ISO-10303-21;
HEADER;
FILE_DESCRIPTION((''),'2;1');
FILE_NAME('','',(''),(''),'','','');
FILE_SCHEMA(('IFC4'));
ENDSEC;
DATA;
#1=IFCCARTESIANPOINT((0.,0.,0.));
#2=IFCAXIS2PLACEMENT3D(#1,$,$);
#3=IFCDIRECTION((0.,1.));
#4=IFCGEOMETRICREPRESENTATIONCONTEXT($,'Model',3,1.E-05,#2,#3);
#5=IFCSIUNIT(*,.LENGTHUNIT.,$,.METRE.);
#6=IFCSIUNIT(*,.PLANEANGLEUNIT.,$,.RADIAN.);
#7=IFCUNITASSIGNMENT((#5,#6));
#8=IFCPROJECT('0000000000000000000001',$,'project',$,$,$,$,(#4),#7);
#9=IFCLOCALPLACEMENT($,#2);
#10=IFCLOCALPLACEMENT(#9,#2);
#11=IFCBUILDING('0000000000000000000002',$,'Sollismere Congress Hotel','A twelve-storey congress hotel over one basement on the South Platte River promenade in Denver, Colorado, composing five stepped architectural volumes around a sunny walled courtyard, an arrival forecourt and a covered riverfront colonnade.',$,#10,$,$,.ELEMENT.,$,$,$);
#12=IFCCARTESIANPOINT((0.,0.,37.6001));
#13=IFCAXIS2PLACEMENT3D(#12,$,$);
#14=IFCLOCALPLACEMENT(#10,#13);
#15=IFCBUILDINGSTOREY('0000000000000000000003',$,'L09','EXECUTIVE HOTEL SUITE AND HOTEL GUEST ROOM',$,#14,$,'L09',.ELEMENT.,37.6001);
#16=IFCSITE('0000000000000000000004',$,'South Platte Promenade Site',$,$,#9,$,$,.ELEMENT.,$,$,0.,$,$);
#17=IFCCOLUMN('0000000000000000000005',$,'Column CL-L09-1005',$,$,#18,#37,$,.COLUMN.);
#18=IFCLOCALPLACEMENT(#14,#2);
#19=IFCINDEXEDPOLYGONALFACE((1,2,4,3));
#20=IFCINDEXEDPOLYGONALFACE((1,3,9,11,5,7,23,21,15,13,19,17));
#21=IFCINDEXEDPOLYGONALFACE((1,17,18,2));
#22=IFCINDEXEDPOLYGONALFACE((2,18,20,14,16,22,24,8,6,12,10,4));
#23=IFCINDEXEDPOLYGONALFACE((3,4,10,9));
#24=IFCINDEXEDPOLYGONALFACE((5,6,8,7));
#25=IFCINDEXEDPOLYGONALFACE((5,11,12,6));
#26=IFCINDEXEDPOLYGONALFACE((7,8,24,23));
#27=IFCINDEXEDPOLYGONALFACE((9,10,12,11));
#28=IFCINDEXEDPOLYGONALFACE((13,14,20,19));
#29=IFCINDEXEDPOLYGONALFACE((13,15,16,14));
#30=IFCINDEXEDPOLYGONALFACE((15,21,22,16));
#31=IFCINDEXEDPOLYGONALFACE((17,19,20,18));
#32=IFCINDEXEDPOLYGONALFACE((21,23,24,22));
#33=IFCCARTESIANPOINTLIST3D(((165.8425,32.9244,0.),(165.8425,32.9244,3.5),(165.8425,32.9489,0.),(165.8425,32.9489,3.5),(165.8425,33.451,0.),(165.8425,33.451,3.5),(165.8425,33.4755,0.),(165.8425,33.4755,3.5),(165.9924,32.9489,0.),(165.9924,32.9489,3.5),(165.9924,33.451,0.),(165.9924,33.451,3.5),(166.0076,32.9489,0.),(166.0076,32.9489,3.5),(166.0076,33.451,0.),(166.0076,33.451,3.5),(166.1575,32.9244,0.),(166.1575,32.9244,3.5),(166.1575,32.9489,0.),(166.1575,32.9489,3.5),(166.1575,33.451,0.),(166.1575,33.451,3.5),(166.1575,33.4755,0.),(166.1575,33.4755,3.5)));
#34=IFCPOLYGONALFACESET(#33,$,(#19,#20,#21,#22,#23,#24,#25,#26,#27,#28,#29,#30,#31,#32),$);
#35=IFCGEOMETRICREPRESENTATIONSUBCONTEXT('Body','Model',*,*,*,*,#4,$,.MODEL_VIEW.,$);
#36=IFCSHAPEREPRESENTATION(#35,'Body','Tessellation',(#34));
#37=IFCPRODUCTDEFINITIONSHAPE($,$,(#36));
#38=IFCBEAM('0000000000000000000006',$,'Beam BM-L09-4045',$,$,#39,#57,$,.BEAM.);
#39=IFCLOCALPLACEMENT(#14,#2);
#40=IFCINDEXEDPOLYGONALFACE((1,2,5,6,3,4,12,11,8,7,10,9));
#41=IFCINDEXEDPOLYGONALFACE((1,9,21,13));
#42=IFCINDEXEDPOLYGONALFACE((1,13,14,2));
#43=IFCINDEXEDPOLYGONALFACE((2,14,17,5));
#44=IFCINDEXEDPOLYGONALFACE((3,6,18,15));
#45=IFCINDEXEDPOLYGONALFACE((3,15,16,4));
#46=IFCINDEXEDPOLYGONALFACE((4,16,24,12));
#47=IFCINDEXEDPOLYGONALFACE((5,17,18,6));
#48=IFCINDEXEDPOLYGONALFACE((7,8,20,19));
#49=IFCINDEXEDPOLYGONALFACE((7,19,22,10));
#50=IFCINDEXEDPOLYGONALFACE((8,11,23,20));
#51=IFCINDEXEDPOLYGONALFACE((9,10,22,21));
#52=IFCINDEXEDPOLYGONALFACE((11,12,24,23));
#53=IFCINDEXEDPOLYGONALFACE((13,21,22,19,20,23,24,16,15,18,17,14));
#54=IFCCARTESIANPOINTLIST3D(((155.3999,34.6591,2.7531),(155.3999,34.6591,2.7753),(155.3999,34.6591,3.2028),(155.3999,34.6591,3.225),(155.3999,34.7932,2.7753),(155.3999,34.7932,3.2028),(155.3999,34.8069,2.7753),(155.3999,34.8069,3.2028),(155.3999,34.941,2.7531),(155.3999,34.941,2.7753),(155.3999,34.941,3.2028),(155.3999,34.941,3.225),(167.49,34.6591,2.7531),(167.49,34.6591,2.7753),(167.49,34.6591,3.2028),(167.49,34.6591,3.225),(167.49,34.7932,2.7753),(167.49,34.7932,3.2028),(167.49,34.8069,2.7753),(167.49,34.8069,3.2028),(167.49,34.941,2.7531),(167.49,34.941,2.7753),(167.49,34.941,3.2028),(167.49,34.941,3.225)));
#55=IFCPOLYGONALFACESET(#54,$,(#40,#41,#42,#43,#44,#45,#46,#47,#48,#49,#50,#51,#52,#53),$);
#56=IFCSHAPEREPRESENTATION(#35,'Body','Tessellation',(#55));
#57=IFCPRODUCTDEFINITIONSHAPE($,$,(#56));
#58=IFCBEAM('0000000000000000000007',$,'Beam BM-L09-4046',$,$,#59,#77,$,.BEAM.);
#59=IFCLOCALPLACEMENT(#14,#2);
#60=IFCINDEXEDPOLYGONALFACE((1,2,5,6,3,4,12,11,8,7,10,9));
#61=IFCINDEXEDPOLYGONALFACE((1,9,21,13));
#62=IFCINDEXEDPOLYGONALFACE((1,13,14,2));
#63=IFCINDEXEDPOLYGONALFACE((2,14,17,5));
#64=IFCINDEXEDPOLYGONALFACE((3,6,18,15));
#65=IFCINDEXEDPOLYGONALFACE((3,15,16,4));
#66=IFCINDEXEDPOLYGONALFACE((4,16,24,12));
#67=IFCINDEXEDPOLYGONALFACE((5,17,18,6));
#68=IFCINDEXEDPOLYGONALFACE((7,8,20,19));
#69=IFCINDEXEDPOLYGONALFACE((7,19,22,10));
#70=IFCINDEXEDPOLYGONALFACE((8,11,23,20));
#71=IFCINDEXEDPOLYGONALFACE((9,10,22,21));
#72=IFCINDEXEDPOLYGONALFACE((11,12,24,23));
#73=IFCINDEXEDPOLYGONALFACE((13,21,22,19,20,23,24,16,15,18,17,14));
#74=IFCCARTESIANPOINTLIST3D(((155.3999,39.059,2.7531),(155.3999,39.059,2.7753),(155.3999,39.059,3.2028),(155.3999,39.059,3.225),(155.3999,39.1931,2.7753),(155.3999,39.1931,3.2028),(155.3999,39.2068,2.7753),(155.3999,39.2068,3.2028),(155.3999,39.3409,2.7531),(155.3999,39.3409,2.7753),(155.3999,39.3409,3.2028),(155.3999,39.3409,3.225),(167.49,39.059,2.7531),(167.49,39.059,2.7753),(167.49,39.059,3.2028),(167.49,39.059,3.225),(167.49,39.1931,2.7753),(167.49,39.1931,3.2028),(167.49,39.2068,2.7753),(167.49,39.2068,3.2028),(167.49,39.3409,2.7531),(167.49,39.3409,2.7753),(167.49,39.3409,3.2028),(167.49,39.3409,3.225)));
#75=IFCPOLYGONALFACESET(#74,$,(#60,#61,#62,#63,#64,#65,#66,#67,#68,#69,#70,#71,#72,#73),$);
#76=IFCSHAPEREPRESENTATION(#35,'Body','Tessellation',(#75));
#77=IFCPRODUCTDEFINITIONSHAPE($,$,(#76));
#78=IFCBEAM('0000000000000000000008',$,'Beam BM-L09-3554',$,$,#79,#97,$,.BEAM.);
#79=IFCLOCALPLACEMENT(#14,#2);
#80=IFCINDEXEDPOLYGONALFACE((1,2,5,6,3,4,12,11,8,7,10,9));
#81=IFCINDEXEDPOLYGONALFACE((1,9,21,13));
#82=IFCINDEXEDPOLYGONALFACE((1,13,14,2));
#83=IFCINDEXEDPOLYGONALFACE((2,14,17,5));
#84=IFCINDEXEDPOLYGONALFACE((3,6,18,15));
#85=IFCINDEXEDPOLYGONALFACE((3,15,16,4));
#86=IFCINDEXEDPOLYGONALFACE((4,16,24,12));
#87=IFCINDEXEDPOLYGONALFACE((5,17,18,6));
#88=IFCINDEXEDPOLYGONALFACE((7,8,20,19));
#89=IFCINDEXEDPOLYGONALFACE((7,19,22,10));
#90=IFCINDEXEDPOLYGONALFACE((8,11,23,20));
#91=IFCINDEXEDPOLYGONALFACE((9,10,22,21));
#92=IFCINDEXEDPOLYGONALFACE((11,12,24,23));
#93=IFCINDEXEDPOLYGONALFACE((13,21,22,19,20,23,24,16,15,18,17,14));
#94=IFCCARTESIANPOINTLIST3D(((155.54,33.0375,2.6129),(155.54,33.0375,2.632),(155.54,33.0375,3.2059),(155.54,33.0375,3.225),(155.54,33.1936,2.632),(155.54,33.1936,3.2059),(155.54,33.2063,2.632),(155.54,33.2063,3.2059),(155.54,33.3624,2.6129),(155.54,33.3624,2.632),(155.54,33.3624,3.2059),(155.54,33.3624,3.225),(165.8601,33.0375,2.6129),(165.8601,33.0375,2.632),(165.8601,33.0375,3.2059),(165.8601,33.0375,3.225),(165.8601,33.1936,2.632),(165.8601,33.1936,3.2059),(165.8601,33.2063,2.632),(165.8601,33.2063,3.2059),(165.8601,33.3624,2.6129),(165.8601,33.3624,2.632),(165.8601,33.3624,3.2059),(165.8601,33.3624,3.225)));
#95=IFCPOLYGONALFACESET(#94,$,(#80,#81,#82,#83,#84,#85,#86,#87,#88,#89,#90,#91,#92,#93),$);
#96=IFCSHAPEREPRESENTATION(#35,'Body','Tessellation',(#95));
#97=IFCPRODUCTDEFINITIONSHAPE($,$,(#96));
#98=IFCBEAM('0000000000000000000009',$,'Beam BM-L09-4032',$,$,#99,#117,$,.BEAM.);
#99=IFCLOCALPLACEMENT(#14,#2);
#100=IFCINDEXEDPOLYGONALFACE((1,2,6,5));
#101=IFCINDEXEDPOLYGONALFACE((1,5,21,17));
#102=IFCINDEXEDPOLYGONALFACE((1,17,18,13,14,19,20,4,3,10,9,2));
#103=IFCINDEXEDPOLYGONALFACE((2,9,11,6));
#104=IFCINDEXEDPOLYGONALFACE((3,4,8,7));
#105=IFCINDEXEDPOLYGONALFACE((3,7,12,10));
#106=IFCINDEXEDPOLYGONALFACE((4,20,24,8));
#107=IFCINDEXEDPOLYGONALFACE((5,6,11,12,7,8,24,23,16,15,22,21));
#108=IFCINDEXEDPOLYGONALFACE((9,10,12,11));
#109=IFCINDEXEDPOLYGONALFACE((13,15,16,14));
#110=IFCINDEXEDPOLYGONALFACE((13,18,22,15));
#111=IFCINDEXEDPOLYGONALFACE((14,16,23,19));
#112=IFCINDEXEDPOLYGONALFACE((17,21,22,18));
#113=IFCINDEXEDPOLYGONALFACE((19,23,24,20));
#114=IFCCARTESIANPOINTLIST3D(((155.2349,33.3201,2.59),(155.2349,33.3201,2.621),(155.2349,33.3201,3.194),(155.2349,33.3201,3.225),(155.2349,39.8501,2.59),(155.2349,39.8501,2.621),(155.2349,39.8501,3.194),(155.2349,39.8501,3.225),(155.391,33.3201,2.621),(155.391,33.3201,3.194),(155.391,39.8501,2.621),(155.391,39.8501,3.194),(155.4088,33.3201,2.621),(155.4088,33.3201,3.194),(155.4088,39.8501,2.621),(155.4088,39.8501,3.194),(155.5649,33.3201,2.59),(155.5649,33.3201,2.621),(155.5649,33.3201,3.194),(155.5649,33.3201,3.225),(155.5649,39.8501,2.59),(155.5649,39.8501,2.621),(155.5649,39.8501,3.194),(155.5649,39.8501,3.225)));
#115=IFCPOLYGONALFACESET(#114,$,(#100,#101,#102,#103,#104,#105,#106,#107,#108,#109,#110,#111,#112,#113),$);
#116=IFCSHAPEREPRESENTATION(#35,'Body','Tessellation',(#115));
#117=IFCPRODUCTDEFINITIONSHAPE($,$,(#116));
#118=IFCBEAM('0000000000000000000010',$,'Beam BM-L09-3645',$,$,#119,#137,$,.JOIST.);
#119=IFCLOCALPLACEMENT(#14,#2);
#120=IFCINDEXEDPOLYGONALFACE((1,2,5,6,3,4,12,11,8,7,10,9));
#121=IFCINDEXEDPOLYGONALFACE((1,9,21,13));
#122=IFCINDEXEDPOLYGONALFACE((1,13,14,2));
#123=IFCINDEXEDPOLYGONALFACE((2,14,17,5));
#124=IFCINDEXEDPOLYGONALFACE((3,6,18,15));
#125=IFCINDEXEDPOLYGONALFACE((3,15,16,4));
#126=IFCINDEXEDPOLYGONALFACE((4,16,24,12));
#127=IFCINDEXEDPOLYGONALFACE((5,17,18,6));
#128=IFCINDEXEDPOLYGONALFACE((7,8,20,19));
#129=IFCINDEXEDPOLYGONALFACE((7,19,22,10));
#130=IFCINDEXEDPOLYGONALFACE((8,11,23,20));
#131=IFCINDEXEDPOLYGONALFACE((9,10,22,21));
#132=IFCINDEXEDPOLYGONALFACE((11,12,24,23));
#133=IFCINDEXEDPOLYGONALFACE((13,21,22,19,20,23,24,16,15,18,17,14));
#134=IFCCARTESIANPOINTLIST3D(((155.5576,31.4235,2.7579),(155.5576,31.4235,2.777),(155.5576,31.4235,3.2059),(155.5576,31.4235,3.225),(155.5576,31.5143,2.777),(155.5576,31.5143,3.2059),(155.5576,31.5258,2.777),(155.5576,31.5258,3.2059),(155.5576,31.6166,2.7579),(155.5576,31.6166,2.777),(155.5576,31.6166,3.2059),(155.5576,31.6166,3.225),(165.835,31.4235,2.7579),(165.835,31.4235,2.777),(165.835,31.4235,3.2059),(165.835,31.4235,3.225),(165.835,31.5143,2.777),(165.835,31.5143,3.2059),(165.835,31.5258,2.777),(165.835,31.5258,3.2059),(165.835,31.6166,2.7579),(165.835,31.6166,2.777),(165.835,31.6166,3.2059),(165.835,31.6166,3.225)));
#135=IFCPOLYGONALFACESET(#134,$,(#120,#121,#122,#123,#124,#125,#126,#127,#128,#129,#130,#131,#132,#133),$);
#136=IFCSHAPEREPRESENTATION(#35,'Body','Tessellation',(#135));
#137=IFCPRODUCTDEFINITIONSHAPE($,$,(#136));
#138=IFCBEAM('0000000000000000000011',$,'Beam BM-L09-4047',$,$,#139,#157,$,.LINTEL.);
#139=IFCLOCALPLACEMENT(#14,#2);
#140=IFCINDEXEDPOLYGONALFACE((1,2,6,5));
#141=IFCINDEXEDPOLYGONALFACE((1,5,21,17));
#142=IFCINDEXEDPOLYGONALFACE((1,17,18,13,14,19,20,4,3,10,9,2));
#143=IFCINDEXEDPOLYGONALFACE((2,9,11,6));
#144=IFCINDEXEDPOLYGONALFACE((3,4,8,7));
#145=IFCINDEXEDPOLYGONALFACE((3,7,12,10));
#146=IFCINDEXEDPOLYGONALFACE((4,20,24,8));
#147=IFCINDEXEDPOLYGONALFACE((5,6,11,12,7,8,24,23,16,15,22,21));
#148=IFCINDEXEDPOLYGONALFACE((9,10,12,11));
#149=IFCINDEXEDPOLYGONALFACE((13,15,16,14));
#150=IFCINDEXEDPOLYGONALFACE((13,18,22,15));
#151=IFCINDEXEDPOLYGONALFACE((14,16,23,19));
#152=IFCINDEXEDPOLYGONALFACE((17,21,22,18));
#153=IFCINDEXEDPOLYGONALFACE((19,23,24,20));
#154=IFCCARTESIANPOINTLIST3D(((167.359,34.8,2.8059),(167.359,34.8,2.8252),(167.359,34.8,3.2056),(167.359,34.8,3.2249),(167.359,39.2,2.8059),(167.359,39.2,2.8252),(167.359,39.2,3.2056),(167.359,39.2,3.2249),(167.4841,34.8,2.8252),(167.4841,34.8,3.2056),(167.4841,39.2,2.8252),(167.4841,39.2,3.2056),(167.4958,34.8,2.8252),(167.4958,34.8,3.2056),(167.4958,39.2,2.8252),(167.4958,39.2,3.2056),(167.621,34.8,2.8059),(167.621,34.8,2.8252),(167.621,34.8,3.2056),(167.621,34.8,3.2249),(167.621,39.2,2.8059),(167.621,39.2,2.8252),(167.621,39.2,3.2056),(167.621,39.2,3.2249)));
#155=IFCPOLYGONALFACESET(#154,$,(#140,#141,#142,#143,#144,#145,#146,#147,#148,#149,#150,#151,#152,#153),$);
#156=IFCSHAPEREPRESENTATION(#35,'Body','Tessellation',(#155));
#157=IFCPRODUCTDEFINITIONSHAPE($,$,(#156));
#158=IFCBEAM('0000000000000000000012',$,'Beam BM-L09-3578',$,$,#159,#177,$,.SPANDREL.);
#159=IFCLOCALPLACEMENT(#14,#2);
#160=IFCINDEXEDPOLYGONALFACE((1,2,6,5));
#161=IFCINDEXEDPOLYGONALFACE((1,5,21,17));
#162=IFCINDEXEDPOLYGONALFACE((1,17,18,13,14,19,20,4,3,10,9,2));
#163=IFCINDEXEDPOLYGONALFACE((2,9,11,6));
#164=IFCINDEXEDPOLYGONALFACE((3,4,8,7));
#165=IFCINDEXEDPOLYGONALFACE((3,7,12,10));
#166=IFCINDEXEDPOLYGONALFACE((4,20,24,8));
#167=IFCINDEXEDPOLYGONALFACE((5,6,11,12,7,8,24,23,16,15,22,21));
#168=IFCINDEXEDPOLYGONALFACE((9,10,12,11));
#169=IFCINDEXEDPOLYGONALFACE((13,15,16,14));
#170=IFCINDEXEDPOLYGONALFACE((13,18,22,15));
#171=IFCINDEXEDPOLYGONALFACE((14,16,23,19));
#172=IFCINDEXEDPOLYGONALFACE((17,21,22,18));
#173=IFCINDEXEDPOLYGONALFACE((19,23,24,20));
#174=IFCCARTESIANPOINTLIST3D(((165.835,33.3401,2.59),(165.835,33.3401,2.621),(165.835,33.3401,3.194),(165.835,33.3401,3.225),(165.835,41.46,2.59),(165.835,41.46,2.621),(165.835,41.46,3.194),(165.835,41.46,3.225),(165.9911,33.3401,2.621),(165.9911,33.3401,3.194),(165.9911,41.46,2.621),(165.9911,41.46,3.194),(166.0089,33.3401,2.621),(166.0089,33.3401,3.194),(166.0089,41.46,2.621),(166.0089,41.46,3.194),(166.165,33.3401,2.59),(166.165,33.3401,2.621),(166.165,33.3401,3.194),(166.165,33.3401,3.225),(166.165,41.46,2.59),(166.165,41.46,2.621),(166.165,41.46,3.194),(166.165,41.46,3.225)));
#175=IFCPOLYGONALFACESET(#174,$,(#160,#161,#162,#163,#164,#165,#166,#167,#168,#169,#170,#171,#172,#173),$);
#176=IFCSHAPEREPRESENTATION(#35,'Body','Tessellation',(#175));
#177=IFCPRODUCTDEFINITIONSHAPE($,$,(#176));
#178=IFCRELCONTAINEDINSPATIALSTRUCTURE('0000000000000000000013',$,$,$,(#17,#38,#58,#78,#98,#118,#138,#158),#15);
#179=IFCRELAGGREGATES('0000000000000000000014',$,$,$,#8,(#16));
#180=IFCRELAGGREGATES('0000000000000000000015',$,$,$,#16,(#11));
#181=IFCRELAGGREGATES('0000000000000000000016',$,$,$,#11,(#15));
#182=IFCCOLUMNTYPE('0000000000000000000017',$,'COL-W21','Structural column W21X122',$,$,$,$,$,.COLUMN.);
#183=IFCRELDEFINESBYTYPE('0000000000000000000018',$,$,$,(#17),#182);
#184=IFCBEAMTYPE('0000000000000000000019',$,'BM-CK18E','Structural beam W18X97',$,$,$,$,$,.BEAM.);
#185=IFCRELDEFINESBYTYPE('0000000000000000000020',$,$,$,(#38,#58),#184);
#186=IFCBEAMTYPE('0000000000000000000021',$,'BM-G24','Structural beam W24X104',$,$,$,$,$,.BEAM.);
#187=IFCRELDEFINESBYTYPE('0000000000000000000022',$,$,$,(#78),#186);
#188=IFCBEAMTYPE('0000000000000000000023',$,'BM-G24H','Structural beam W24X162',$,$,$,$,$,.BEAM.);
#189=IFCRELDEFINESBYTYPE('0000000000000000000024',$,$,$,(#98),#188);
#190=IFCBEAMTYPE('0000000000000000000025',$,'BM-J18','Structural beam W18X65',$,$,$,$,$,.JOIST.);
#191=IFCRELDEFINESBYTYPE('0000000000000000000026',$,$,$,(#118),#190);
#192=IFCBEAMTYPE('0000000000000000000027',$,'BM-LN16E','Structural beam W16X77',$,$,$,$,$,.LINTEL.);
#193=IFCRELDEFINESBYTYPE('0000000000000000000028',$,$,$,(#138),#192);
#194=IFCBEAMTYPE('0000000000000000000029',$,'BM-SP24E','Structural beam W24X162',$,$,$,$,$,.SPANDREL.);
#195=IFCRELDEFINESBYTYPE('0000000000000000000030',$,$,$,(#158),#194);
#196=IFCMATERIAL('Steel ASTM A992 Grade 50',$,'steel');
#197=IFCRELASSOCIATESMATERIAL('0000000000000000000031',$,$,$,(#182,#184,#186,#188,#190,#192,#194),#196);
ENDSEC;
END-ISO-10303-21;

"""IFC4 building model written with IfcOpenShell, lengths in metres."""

from ifc_helpers import new_model, si_unit, direction, frame, origin, origin_2d, place, context, subcontext, project, spatial, i_section, extrude, material, material_profile, profile_set, type_object, element, save


model = new_model("IFC4")

# Units and contexts
model_context = context("Model", 3, precision=1e-05, world=origin(), true_north=direction((0.0, 1.0)))
body_context = subcontext(model_context, "Body", "Model", "MODEL_VIEW")
ifc_project = project(units=[si_unit("LENGTHUNIT", "METRE"), si_unit("PLANEANGLEUNIT", "RADIAN")], contexts=[model_context])

# Site, building, storey
site_placement = place(None, origin())
site = spatial("IfcSite", under=ifc_project, at=site_placement, Name="South Platte Promenade Site", CompositionType="ELEMENT", RefElevation=0.0)
building_placement = place(site_placement, origin())
building = spatial("IfcBuilding", under=site, at=building_placement, Name="Sollismere Congress Hotel", Description="A twelve-storey congress hotel over one basement on the South Platte River promenade in Denver, Colorado, composing five stepped architectural volumes around a sunny walled courtyard, an arrival forecourt and a covered riverfront colonnade.", CompositionType="ELEMENT")
storey_placement = place(building_placement, frame((0.0, 0.0, 37.6001)))
storey = spatial("IfcBuildingStorey", under=building, at=storey_placement, Name="L09", Description="EXECUTIVE HOTEL SUITE AND HOTEL GUEST ROOM", LongName="L09", CompositionType="ELEMENT", Elevation=37.6001)

# Column
ifc_material_1 = material(Name="Steel ASTM A992 Grade 50", Category="steel")
ifc_material_profile_1 = material_profile(ifc_material_1, i_section(OverallWidth=0.3149, OverallDepth=0.551, WebThickness=0.0151, FlangeThickness=0.0244, at=origin_2d()), Name="W21X122")
ifc_profile_set_1 = profile_set([ifc_material_profile_1], Name="Steel ASTM A992 Grade 50")
column_type = type_object("IfcColumnType", Name="COL-W21", Description="Structural column W21X122", PredefinedType="COLUMN", material=ifc_profile_set_1)
column_placement = place(storey_placement, frame((166.0, 33.2, 0.0), z_axis=(0.0, 0.0, 1.0), x_axis=(1.0, 0.0, 0.0)))
element("IfcColumn", 1, at=column_placement, inside=storey, type_object=column_type, Name="Column CL-L09-1005", PredefinedType="COLUMN", context=body_context, shape_type="SweptSolid", body=[
    extrude(i_section(OverallWidth=0.3149, OverallDepth=0.551, WebThickness=0.0151, FlangeThickness=0.0244, at=origin_2d()), origin(), (0.0, 0.0, 1.0), 3.5),
])

# Beams
ifc_material_profile_2 = material_profile(ifc_material_1, i_section(OverallWidth=0.282, OverallDepth=0.4719, WebThickness=0.0137, FlangeThickness=0.0222, at=origin_2d()), Name="W18X97")
ifc_profile_set_2 = profile_set([ifc_material_profile_2], Name="Steel ASTM A992 Grade 50")
beam_type_1 = type_object("IfcBeamType", Name="BM-CK18E", Description="Structural beam W18X97", PredefinedType="BEAM", material=ifc_profile_set_2)
for number, where, z_axis, x_axis, name in (
    (2, (155.3999, 34.8, 2.989), (1.0, 0.0, 0.0), (0.0, 1.0, 0.0), "Beam BM-L09-4045"),
    (3, (155.3999, 39.2, 2.989), (1.0, 0.0, 0.0), (0.0, 1.0, 0.0), "Beam BM-L09-4046"),
):
    element("IfcBeam", number, at=place(storey_placement, frame(where, z_axis=z_axis, x_axis=x_axis)), inside=storey, type_object=beam_type_1, Name=name, PredefinedType="BEAM", context=body_context, shape_type="SweptSolid", body=[
        extrude(i_section(OverallWidth=0.282, OverallDepth=0.4719, WebThickness=0.0137, FlangeThickness=0.0222, at=origin_2d()), origin(), (0.0, 0.0, 1.0), 12.0901),
    ])
ifc_material_profile_3 = material_profile(ifc_material_1, i_section(OverallWidth=0.325, OverallDepth=0.6121, WebThickness=0.0127, FlangeThickness=0.019, at=origin_2d()), Name="W24X104")
ifc_profile_set_3 = profile_set([ifc_material_profile_3], Name="Steel ASTM A992 Grade 50")
beam_type_2 = type_object("IfcBeamType", Name="BM-G24", Description="Structural beam W24X104", PredefinedType="BEAM", material=ifc_profile_set_3)
beam_1_placement = place(storey_placement, frame((155.54, 33.2, 2.9189), z_axis=(1.0, 0.0, 0.0), x_axis=(0.0, 1.0, 0.0)))
element("IfcBeam", 4, at=beam_1_placement, inside=storey, type_object=beam_type_2, Name="Beam BM-L09-3554", PredefinedType="BEAM", context=body_context, shape_type="SweptSolid", body=[
    extrude(i_section(OverallWidth=0.325, OverallDepth=0.6121, WebThickness=0.0127, FlangeThickness=0.019, at=origin_2d()), origin(), (0.0, 0.0, 1.0), 10.3201),
])
ifc_material_profile_4 = material_profile(ifc_material_1, i_section(OverallWidth=0.3301, OverallDepth=0.635, WebThickness=0.0178, FlangeThickness=0.031, at=origin_2d()), Name="W24X162")
ifc_profile_set_4 = profile_set([ifc_material_profile_4], Name="Steel ASTM A992 Grade 50")
beam_type_3 = type_object("IfcBeamType", Name="BM-G24H", Description="Structural beam W24X162", PredefinedType="BEAM", material=ifc_profile_set_4)
beam_2_placement = place(storey_placement, frame((155.3999, 33.3201, 2.9075), z_axis=(0.0, 1.0, 0.0), x_axis=(-1.0, 0.0, 0.0)))
element("IfcBeam", 5, at=beam_2_placement, inside=storey, type_object=beam_type_3, Name="Beam BM-L09-4032", PredefinedType="BEAM", context=body_context, shape_type="SweptSolid", body=[
    extrude(i_section(OverallWidth=0.3301, OverallDepth=0.635, WebThickness=0.0178, FlangeThickness=0.031, at=origin_2d()), origin(), (0.0, 0.0, 1.0), 6.53),
])
ifc_material_profile_5 = material_profile(ifc_material_1, i_section(OverallWidth=0.1931, OverallDepth=0.467, WebThickness=0.0115, FlangeThickness=0.019, at=origin_2d()), Name="W18X65")
ifc_profile_set_5 = profile_set([ifc_material_profile_5], Name="Steel ASTM A992 Grade 50")
beam_type_4 = type_object("IfcBeamType", Name="BM-J18", Description="Structural beam W18X65", PredefinedType="JOIST", material=ifc_profile_set_5)
beam_3_placement = place(storey_placement, frame((155.5576, 31.52, 2.9915), z_axis=(1.0, 0.0, 0.0), x_axis=(0.0, 1.0, 0.0)))
element("IfcBeam", 6, at=beam_3_placement, inside=storey, type_object=beam_type_4, Name="Beam BM-L09-3645", PredefinedType="JOIST", context=body_context, shape_type="SweptSolid", body=[
    extrude(i_section(OverallWidth=0.1931, OverallDepth=0.467, WebThickness=0.0115, FlangeThickness=0.019, at=origin_2d()), origin(), (0.0, 0.0, 1.0), 10.2773),
])
ifc_material_profile_6 = material_profile(ifc_material_1, i_section(OverallWidth=0.262, OverallDepth=0.4189, WebThickness=0.0117, FlangeThickness=0.0193, at=origin_2d()), Name="W16X77")
ifc_profile_set_6 = profile_set([ifc_material_profile_6], Name="Steel ASTM A992 Grade 50")
beam_type_5 = type_object("IfcBeamType", Name="BM-LN16E", Description="Structural beam W16X77", PredefinedType="LINTEL", material=ifc_profile_set_6)
beam_4_placement = place(storey_placement, frame((167.49, 34.8, 3.0154), z_axis=(0.0, 1.0, 0.0), x_axis=(-1.0, 0.0, 0.0)))
element("IfcBeam", 7, at=beam_4_placement, inside=storey, type_object=beam_type_5, Name="Beam BM-L09-4047", PredefinedType="LINTEL", context=body_context, shape_type="SweptSolid", body=[
    extrude(i_section(OverallWidth=0.262, OverallDepth=0.4189, WebThickness=0.0117, FlangeThickness=0.0193, at=origin_2d()), origin(), (0.0, 0.0, 1.0), 4.3999),
])
ifc_material_profile_7 = material_profile(ifc_material_1, i_section(OverallWidth=0.3301, OverallDepth=0.635, WebThickness=0.0178, FlangeThickness=0.031, at=origin_2d()), Name="W24X162")
ifc_profile_set_7 = profile_set([ifc_material_profile_7], Name="Steel ASTM A992 Grade 50")
beam_type_6 = type_object("IfcBeamType", Name="BM-SP24E", Description="Structural beam W24X162", PredefinedType="SPANDREL", material=ifc_profile_set_7)
beam_5_placement = place(storey_placement, frame((166.0, 33.3401, 2.9075), z_axis=(0.0, 1.0, 0.0), x_axis=(-1.0, 0.0, 0.0)))
element("IfcBeam", 8, at=beam_5_placement, inside=storey, type_object=beam_type_6, Name="Beam BM-L09-3578", PredefinedType="SPANDREL", context=body_context, shape_type="SweptSolid", body=[
    extrude(i_section(OverallWidth=0.3301, OverallDepth=0.635, WebThickness=0.0178, FlangeThickness=0.031, at=origin_2d()), origin(), (0.0, 0.0, 1.0), 8.1199),
])

save(model, "model.ifc")
